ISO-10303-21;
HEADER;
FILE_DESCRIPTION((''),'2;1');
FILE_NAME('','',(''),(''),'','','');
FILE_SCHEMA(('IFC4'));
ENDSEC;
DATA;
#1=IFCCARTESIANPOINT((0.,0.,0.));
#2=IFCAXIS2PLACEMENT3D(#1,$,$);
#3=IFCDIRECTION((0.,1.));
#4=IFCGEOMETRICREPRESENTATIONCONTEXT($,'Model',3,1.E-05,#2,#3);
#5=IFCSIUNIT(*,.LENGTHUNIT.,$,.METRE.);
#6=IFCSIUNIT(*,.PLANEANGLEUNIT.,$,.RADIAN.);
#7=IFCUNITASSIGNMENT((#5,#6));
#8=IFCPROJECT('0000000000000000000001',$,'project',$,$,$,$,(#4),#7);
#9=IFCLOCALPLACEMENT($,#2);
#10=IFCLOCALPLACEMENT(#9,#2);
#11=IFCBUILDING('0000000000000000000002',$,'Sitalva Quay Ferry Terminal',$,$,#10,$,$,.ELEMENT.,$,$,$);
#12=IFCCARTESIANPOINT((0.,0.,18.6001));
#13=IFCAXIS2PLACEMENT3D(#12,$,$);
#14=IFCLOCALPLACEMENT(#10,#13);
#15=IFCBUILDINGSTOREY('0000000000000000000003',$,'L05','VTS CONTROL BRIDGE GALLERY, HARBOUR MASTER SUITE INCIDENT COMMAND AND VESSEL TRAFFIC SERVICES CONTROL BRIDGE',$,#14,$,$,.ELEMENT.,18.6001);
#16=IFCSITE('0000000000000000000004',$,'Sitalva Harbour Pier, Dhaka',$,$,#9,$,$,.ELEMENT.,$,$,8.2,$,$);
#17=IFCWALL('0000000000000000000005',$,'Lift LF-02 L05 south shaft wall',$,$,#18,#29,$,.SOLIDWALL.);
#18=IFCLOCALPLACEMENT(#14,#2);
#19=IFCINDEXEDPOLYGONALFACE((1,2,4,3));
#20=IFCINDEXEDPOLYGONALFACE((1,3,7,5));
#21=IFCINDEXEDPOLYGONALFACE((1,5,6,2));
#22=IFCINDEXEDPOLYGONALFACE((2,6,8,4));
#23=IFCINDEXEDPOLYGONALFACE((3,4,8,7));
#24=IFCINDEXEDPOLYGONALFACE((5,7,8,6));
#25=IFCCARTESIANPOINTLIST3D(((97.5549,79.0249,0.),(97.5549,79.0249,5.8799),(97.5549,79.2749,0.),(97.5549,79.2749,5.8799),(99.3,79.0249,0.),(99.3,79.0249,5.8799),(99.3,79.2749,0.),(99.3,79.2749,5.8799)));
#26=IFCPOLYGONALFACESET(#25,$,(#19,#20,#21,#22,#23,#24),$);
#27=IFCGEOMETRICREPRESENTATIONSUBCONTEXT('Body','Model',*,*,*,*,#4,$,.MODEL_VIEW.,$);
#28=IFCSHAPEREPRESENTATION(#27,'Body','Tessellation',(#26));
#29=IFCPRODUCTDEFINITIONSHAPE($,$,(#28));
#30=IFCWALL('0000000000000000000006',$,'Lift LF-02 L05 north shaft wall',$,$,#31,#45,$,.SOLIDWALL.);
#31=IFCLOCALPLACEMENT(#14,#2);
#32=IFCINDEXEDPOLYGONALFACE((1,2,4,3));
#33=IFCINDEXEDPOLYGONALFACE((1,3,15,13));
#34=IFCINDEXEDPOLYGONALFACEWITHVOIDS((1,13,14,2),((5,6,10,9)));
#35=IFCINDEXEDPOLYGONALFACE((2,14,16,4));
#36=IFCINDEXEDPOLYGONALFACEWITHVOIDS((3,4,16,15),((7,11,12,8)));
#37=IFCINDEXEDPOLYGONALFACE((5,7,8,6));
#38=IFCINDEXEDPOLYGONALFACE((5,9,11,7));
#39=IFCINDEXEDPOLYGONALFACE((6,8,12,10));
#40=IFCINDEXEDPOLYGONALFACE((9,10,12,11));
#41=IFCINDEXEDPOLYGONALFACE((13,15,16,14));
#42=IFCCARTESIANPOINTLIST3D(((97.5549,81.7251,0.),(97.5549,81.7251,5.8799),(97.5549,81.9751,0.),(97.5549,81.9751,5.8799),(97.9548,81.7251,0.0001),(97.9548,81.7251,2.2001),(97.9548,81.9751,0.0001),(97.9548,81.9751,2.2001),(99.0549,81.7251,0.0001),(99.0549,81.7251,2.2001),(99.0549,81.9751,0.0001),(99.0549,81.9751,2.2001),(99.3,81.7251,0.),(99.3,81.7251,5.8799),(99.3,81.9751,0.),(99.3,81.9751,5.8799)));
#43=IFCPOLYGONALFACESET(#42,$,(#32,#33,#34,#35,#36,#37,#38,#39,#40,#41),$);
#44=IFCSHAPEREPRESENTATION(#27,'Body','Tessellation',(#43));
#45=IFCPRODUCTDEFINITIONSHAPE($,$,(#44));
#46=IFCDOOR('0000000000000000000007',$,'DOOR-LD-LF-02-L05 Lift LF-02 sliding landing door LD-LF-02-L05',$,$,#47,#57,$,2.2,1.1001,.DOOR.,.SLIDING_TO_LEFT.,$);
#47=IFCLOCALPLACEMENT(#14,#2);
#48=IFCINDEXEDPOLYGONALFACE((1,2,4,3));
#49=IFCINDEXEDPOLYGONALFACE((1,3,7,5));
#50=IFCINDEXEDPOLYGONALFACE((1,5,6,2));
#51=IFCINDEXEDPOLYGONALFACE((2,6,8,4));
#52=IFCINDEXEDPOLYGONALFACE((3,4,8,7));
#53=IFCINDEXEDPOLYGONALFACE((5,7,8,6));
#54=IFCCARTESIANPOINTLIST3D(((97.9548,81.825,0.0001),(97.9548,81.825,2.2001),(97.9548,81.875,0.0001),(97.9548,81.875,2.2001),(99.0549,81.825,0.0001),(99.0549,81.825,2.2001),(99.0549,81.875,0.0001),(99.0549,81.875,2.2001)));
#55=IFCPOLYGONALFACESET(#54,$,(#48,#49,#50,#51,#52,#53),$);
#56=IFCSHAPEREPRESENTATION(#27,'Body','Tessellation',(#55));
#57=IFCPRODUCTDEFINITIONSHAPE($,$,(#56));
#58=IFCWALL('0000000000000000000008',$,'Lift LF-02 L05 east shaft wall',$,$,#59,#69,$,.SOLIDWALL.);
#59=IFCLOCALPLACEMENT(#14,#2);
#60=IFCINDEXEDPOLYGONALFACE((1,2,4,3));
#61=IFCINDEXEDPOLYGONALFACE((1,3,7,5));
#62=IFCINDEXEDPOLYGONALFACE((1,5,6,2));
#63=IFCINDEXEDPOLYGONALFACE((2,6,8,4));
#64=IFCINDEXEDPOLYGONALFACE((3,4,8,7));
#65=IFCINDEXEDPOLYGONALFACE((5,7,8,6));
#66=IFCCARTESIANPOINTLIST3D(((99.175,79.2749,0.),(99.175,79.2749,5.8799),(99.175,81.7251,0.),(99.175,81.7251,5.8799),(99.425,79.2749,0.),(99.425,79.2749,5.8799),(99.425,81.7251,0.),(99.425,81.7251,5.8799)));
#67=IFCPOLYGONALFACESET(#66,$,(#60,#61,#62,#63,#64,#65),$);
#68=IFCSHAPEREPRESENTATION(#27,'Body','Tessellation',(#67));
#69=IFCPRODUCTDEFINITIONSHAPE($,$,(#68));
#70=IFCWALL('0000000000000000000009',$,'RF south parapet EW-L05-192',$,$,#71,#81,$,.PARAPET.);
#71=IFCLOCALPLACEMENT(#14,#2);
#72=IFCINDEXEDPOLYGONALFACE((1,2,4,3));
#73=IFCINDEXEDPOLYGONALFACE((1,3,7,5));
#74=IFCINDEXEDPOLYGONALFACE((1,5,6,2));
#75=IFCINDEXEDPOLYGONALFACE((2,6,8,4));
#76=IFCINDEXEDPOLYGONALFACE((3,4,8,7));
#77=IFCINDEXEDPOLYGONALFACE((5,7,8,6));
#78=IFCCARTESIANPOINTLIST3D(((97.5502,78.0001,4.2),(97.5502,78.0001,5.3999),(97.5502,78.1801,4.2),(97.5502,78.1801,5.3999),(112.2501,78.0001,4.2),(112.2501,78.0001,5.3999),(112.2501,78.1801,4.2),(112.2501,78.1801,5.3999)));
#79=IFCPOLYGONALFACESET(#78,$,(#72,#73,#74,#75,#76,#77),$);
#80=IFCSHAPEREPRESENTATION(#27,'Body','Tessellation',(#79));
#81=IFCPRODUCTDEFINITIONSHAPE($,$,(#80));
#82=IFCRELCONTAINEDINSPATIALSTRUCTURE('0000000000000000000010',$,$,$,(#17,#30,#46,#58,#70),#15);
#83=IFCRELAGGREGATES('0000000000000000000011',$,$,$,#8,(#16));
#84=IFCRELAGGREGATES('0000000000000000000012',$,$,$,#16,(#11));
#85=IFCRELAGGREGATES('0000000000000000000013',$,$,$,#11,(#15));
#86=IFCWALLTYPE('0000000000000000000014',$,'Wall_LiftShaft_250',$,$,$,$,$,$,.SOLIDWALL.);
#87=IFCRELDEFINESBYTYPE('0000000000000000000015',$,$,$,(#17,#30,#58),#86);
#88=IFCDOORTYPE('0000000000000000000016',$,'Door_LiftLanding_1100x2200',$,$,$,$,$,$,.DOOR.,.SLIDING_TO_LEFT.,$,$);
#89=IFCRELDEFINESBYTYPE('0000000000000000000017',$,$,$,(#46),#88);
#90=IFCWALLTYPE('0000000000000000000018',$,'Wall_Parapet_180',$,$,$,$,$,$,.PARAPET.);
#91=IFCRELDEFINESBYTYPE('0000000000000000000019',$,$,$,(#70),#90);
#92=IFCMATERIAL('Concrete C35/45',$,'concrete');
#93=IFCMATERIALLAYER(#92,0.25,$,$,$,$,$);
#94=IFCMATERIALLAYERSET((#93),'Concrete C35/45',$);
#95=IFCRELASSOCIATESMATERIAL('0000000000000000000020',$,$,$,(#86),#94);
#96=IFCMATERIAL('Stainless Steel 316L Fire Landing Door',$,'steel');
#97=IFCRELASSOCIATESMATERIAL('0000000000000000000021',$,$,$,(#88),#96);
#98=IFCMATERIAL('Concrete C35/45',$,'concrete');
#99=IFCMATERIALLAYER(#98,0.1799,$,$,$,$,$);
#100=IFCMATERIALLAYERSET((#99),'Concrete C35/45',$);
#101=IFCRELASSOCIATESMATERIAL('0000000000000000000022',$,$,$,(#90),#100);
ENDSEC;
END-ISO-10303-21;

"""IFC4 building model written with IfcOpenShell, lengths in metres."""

from ifc_helpers import new_model, si_unit, direction, frame, frame_2d, origin, place, context, subcontext, project, spatial, rectangle, extrude, material, layer, layer_set, type_object, element, fill, save


model = new_model("IFC4")

# Units and contexts
model_context = context("Model", 3, precision=1e-05, world=origin(), true_north=direction((0.0, 1.0)))
body_context = subcontext(model_context, "Body", "Model", "MODEL_VIEW")
ifc_project = project(units=[si_unit("LENGTHUNIT", "METRE"), si_unit("PLANEANGLEUNIT", "RADIAN")], contexts=[model_context])

# Site, building, storey
site_placement = place(None, origin())
site = spatial("IfcSite", under=ifc_project, at=site_placement, Name="Sitalva Harbour Pier, Dhaka", CompositionType="ELEMENT", RefElevation=8.2)
building_placement = place(site_placement, origin())
building = spatial("IfcBuilding", under=site, at=building_placement, Name="Sitalva Quay Ferry Terminal", CompositionType="ELEMENT")
storey_placement = place(building_placement, frame((0.0, 0.0, 18.6001)))
storey = spatial("IfcBuildingStorey", under=building, at=storey_placement, Name="L05", Description="VTS CONTROL BRIDGE GALLERY, HARBOUR MASTER SUITE INCIDENT COMMAND AND VESSEL TRAFFIC SERVICES CONTROL BRIDGE", CompositionType="ELEMENT", Elevation=18.6001)

# Wall
ifc_material_1 = material(Name="Concrete C35/45", Category="concrete")
ifc_layer_1 = layer(ifc_material_1, 0.25)
ifc_layer_set_1 = layer_set([ifc_layer_1], Name="Concrete C35/45")
wall_type_1 = type_object("IfcWallType", Name="Wall_LiftShaft_250", PredefinedType="SOLIDWALL", material=ifc_layer_set_1)
wall_1_placement = place(storey_placement, frame((97.5549, 79.1499, 0.0), z_axis=(0.0, 0.0, 1.0), x_axis=(1.0, 0.0, 0.0)))
element("IfcWall", 1, at=wall_1_placement, inside=storey, type_object=wall_type_1, Name="Lift LF-02 L05 south shaft wall", PredefinedType="SOLIDWALL", context=body_context, shape_type="SweptSolid", body=[
    extrude(rectangle(XDim=1.7451, YDim=0.25, at=frame_2d((0.8726, 0.0))), origin(), (0.0, 0.0, 1.0), 5.8799),
])

# Wall, opening, door
wall_2_placement = place(storey_placement, frame((97.5549, 81.8501, 0.0), z_axis=(0.0, 0.0, 1.0), x_axis=(1.0, 0.0, 0.0)))
wall_2 = element("IfcWall", 2, at=wall_2_placement, inside=storey, type_object=wall_type_1, Name="Lift LF-02 L05 north shaft wall", PredefinedType="SOLIDWALL", context=body_context, shape_type="SweptSolid", body=[
    extrude(rectangle(XDim=1.7451, YDim=0.25, at=frame_2d((0.8726, 0.0))), origin(), (0.0, 0.0, 1.0), 5.8799),
])
opening_placement = place(wall_2_placement, frame((0.3999, 0.0, 0.0)))
opening = element("IfcOpeningElement", 3, at=opening_placement, cuts=wall_2, PredefinedType="OPENING", context=body_context, shape_type="SweptSolid", body=[
    extrude(rectangle(XDim=1.1001, YDim=2.2, at=frame_2d((0.55, 1.1001))), frame((0.0, 0.135, 0.0), z_axis=(0.0, -1.0, 0.0), x_axis=(1.0, 0.0, 0.0)), (0.0, 0.0, 1.0), 0.27),
])
ifc_material_2 = material(Name="Stainless Steel 316L Fire Landing Door", Category="steel")
door_type = type_object("IfcDoorType", Name="Door_LiftLanding_1100x2200", OperationType="SLIDING_TO_LEFT", PredefinedType="DOOR", material=ifc_material_2)
door_placement = place(opening_placement, origin())
door = element("IfcDoor", 4, at=door_placement, inside=storey, type_object=door_type, Name="DOOR-LD-LF-02-L05 Lift LF-02 sliding landing door LD-LF-02-L05", OperationType="SLIDING_TO_LEFT", OverallHeight=2.2, OverallWidth=1.1001, PredefinedType="DOOR", context=body_context, shape_type="SweptSolid", body=[
    extrude(rectangle(XDim=1.1001, YDim=2.2, at=frame_2d((0.55, 1.1001))), frame((0.0, 0.0249, 0.0), z_axis=(0.0, -1.0, 0.0), x_axis=(1.0, 0.0, 0.0)), (0.0, 0.0, 1.0), 0.05),
])
fill(opening, door)

# Walls
wall_3_placement = place(storey_placement, frame((99.3, 79.2749, 0.0), z_axis=(0.0, 0.0, 1.0), x_axis=(0.0, 1.0, 0.0)))
element("IfcWall", 5, at=wall_3_placement, inside=storey, type_object=wall_type_1, Name="Lift LF-02 L05 east shaft wall", PredefinedType="SOLIDWALL", context=body_context, shape_type="SweptSolid", body=[
    extrude(rectangle(XDim=2.4502, YDim=0.25, at=frame_2d((1.2251, 0.0))), origin(), (0.0, 0.0, 1.0), 5.8799),
])
ifc_material_3 = material(Name="Concrete C35/45", Category="concrete")
ifc_layer_2 = layer(ifc_material_3, 0.1799)
ifc_layer_set_2 = layer_set([ifc_layer_2], Name="Concrete C35/45")
wall_type_2 = type_object("IfcWallType", Name="Wall_Parapet_180", PredefinedType="PARAPET", material=ifc_layer_set_2)
wall_4_placement = place(storey_placement, frame((97.55, 78.0901, 4.2), z_axis=(0.0, 0.0, 1.0), x_axis=(1.0, 0.0, 0.0)))
element("IfcWall", 6, at=wall_4_placement, inside=storey, type_object=wall_type_2, Name="RF south parapet EW-L05-192", PredefinedType="PARAPET", context=body_context, shape_type="SweptSolid", body=[
    extrude(rectangle(XDim=14.7, YDim=0.1799, at=frame_2d((7.3501, 0.0))), origin(), (0.0, 0.0, 1.0), 1.2),
])

save(model, "model.ifc")
